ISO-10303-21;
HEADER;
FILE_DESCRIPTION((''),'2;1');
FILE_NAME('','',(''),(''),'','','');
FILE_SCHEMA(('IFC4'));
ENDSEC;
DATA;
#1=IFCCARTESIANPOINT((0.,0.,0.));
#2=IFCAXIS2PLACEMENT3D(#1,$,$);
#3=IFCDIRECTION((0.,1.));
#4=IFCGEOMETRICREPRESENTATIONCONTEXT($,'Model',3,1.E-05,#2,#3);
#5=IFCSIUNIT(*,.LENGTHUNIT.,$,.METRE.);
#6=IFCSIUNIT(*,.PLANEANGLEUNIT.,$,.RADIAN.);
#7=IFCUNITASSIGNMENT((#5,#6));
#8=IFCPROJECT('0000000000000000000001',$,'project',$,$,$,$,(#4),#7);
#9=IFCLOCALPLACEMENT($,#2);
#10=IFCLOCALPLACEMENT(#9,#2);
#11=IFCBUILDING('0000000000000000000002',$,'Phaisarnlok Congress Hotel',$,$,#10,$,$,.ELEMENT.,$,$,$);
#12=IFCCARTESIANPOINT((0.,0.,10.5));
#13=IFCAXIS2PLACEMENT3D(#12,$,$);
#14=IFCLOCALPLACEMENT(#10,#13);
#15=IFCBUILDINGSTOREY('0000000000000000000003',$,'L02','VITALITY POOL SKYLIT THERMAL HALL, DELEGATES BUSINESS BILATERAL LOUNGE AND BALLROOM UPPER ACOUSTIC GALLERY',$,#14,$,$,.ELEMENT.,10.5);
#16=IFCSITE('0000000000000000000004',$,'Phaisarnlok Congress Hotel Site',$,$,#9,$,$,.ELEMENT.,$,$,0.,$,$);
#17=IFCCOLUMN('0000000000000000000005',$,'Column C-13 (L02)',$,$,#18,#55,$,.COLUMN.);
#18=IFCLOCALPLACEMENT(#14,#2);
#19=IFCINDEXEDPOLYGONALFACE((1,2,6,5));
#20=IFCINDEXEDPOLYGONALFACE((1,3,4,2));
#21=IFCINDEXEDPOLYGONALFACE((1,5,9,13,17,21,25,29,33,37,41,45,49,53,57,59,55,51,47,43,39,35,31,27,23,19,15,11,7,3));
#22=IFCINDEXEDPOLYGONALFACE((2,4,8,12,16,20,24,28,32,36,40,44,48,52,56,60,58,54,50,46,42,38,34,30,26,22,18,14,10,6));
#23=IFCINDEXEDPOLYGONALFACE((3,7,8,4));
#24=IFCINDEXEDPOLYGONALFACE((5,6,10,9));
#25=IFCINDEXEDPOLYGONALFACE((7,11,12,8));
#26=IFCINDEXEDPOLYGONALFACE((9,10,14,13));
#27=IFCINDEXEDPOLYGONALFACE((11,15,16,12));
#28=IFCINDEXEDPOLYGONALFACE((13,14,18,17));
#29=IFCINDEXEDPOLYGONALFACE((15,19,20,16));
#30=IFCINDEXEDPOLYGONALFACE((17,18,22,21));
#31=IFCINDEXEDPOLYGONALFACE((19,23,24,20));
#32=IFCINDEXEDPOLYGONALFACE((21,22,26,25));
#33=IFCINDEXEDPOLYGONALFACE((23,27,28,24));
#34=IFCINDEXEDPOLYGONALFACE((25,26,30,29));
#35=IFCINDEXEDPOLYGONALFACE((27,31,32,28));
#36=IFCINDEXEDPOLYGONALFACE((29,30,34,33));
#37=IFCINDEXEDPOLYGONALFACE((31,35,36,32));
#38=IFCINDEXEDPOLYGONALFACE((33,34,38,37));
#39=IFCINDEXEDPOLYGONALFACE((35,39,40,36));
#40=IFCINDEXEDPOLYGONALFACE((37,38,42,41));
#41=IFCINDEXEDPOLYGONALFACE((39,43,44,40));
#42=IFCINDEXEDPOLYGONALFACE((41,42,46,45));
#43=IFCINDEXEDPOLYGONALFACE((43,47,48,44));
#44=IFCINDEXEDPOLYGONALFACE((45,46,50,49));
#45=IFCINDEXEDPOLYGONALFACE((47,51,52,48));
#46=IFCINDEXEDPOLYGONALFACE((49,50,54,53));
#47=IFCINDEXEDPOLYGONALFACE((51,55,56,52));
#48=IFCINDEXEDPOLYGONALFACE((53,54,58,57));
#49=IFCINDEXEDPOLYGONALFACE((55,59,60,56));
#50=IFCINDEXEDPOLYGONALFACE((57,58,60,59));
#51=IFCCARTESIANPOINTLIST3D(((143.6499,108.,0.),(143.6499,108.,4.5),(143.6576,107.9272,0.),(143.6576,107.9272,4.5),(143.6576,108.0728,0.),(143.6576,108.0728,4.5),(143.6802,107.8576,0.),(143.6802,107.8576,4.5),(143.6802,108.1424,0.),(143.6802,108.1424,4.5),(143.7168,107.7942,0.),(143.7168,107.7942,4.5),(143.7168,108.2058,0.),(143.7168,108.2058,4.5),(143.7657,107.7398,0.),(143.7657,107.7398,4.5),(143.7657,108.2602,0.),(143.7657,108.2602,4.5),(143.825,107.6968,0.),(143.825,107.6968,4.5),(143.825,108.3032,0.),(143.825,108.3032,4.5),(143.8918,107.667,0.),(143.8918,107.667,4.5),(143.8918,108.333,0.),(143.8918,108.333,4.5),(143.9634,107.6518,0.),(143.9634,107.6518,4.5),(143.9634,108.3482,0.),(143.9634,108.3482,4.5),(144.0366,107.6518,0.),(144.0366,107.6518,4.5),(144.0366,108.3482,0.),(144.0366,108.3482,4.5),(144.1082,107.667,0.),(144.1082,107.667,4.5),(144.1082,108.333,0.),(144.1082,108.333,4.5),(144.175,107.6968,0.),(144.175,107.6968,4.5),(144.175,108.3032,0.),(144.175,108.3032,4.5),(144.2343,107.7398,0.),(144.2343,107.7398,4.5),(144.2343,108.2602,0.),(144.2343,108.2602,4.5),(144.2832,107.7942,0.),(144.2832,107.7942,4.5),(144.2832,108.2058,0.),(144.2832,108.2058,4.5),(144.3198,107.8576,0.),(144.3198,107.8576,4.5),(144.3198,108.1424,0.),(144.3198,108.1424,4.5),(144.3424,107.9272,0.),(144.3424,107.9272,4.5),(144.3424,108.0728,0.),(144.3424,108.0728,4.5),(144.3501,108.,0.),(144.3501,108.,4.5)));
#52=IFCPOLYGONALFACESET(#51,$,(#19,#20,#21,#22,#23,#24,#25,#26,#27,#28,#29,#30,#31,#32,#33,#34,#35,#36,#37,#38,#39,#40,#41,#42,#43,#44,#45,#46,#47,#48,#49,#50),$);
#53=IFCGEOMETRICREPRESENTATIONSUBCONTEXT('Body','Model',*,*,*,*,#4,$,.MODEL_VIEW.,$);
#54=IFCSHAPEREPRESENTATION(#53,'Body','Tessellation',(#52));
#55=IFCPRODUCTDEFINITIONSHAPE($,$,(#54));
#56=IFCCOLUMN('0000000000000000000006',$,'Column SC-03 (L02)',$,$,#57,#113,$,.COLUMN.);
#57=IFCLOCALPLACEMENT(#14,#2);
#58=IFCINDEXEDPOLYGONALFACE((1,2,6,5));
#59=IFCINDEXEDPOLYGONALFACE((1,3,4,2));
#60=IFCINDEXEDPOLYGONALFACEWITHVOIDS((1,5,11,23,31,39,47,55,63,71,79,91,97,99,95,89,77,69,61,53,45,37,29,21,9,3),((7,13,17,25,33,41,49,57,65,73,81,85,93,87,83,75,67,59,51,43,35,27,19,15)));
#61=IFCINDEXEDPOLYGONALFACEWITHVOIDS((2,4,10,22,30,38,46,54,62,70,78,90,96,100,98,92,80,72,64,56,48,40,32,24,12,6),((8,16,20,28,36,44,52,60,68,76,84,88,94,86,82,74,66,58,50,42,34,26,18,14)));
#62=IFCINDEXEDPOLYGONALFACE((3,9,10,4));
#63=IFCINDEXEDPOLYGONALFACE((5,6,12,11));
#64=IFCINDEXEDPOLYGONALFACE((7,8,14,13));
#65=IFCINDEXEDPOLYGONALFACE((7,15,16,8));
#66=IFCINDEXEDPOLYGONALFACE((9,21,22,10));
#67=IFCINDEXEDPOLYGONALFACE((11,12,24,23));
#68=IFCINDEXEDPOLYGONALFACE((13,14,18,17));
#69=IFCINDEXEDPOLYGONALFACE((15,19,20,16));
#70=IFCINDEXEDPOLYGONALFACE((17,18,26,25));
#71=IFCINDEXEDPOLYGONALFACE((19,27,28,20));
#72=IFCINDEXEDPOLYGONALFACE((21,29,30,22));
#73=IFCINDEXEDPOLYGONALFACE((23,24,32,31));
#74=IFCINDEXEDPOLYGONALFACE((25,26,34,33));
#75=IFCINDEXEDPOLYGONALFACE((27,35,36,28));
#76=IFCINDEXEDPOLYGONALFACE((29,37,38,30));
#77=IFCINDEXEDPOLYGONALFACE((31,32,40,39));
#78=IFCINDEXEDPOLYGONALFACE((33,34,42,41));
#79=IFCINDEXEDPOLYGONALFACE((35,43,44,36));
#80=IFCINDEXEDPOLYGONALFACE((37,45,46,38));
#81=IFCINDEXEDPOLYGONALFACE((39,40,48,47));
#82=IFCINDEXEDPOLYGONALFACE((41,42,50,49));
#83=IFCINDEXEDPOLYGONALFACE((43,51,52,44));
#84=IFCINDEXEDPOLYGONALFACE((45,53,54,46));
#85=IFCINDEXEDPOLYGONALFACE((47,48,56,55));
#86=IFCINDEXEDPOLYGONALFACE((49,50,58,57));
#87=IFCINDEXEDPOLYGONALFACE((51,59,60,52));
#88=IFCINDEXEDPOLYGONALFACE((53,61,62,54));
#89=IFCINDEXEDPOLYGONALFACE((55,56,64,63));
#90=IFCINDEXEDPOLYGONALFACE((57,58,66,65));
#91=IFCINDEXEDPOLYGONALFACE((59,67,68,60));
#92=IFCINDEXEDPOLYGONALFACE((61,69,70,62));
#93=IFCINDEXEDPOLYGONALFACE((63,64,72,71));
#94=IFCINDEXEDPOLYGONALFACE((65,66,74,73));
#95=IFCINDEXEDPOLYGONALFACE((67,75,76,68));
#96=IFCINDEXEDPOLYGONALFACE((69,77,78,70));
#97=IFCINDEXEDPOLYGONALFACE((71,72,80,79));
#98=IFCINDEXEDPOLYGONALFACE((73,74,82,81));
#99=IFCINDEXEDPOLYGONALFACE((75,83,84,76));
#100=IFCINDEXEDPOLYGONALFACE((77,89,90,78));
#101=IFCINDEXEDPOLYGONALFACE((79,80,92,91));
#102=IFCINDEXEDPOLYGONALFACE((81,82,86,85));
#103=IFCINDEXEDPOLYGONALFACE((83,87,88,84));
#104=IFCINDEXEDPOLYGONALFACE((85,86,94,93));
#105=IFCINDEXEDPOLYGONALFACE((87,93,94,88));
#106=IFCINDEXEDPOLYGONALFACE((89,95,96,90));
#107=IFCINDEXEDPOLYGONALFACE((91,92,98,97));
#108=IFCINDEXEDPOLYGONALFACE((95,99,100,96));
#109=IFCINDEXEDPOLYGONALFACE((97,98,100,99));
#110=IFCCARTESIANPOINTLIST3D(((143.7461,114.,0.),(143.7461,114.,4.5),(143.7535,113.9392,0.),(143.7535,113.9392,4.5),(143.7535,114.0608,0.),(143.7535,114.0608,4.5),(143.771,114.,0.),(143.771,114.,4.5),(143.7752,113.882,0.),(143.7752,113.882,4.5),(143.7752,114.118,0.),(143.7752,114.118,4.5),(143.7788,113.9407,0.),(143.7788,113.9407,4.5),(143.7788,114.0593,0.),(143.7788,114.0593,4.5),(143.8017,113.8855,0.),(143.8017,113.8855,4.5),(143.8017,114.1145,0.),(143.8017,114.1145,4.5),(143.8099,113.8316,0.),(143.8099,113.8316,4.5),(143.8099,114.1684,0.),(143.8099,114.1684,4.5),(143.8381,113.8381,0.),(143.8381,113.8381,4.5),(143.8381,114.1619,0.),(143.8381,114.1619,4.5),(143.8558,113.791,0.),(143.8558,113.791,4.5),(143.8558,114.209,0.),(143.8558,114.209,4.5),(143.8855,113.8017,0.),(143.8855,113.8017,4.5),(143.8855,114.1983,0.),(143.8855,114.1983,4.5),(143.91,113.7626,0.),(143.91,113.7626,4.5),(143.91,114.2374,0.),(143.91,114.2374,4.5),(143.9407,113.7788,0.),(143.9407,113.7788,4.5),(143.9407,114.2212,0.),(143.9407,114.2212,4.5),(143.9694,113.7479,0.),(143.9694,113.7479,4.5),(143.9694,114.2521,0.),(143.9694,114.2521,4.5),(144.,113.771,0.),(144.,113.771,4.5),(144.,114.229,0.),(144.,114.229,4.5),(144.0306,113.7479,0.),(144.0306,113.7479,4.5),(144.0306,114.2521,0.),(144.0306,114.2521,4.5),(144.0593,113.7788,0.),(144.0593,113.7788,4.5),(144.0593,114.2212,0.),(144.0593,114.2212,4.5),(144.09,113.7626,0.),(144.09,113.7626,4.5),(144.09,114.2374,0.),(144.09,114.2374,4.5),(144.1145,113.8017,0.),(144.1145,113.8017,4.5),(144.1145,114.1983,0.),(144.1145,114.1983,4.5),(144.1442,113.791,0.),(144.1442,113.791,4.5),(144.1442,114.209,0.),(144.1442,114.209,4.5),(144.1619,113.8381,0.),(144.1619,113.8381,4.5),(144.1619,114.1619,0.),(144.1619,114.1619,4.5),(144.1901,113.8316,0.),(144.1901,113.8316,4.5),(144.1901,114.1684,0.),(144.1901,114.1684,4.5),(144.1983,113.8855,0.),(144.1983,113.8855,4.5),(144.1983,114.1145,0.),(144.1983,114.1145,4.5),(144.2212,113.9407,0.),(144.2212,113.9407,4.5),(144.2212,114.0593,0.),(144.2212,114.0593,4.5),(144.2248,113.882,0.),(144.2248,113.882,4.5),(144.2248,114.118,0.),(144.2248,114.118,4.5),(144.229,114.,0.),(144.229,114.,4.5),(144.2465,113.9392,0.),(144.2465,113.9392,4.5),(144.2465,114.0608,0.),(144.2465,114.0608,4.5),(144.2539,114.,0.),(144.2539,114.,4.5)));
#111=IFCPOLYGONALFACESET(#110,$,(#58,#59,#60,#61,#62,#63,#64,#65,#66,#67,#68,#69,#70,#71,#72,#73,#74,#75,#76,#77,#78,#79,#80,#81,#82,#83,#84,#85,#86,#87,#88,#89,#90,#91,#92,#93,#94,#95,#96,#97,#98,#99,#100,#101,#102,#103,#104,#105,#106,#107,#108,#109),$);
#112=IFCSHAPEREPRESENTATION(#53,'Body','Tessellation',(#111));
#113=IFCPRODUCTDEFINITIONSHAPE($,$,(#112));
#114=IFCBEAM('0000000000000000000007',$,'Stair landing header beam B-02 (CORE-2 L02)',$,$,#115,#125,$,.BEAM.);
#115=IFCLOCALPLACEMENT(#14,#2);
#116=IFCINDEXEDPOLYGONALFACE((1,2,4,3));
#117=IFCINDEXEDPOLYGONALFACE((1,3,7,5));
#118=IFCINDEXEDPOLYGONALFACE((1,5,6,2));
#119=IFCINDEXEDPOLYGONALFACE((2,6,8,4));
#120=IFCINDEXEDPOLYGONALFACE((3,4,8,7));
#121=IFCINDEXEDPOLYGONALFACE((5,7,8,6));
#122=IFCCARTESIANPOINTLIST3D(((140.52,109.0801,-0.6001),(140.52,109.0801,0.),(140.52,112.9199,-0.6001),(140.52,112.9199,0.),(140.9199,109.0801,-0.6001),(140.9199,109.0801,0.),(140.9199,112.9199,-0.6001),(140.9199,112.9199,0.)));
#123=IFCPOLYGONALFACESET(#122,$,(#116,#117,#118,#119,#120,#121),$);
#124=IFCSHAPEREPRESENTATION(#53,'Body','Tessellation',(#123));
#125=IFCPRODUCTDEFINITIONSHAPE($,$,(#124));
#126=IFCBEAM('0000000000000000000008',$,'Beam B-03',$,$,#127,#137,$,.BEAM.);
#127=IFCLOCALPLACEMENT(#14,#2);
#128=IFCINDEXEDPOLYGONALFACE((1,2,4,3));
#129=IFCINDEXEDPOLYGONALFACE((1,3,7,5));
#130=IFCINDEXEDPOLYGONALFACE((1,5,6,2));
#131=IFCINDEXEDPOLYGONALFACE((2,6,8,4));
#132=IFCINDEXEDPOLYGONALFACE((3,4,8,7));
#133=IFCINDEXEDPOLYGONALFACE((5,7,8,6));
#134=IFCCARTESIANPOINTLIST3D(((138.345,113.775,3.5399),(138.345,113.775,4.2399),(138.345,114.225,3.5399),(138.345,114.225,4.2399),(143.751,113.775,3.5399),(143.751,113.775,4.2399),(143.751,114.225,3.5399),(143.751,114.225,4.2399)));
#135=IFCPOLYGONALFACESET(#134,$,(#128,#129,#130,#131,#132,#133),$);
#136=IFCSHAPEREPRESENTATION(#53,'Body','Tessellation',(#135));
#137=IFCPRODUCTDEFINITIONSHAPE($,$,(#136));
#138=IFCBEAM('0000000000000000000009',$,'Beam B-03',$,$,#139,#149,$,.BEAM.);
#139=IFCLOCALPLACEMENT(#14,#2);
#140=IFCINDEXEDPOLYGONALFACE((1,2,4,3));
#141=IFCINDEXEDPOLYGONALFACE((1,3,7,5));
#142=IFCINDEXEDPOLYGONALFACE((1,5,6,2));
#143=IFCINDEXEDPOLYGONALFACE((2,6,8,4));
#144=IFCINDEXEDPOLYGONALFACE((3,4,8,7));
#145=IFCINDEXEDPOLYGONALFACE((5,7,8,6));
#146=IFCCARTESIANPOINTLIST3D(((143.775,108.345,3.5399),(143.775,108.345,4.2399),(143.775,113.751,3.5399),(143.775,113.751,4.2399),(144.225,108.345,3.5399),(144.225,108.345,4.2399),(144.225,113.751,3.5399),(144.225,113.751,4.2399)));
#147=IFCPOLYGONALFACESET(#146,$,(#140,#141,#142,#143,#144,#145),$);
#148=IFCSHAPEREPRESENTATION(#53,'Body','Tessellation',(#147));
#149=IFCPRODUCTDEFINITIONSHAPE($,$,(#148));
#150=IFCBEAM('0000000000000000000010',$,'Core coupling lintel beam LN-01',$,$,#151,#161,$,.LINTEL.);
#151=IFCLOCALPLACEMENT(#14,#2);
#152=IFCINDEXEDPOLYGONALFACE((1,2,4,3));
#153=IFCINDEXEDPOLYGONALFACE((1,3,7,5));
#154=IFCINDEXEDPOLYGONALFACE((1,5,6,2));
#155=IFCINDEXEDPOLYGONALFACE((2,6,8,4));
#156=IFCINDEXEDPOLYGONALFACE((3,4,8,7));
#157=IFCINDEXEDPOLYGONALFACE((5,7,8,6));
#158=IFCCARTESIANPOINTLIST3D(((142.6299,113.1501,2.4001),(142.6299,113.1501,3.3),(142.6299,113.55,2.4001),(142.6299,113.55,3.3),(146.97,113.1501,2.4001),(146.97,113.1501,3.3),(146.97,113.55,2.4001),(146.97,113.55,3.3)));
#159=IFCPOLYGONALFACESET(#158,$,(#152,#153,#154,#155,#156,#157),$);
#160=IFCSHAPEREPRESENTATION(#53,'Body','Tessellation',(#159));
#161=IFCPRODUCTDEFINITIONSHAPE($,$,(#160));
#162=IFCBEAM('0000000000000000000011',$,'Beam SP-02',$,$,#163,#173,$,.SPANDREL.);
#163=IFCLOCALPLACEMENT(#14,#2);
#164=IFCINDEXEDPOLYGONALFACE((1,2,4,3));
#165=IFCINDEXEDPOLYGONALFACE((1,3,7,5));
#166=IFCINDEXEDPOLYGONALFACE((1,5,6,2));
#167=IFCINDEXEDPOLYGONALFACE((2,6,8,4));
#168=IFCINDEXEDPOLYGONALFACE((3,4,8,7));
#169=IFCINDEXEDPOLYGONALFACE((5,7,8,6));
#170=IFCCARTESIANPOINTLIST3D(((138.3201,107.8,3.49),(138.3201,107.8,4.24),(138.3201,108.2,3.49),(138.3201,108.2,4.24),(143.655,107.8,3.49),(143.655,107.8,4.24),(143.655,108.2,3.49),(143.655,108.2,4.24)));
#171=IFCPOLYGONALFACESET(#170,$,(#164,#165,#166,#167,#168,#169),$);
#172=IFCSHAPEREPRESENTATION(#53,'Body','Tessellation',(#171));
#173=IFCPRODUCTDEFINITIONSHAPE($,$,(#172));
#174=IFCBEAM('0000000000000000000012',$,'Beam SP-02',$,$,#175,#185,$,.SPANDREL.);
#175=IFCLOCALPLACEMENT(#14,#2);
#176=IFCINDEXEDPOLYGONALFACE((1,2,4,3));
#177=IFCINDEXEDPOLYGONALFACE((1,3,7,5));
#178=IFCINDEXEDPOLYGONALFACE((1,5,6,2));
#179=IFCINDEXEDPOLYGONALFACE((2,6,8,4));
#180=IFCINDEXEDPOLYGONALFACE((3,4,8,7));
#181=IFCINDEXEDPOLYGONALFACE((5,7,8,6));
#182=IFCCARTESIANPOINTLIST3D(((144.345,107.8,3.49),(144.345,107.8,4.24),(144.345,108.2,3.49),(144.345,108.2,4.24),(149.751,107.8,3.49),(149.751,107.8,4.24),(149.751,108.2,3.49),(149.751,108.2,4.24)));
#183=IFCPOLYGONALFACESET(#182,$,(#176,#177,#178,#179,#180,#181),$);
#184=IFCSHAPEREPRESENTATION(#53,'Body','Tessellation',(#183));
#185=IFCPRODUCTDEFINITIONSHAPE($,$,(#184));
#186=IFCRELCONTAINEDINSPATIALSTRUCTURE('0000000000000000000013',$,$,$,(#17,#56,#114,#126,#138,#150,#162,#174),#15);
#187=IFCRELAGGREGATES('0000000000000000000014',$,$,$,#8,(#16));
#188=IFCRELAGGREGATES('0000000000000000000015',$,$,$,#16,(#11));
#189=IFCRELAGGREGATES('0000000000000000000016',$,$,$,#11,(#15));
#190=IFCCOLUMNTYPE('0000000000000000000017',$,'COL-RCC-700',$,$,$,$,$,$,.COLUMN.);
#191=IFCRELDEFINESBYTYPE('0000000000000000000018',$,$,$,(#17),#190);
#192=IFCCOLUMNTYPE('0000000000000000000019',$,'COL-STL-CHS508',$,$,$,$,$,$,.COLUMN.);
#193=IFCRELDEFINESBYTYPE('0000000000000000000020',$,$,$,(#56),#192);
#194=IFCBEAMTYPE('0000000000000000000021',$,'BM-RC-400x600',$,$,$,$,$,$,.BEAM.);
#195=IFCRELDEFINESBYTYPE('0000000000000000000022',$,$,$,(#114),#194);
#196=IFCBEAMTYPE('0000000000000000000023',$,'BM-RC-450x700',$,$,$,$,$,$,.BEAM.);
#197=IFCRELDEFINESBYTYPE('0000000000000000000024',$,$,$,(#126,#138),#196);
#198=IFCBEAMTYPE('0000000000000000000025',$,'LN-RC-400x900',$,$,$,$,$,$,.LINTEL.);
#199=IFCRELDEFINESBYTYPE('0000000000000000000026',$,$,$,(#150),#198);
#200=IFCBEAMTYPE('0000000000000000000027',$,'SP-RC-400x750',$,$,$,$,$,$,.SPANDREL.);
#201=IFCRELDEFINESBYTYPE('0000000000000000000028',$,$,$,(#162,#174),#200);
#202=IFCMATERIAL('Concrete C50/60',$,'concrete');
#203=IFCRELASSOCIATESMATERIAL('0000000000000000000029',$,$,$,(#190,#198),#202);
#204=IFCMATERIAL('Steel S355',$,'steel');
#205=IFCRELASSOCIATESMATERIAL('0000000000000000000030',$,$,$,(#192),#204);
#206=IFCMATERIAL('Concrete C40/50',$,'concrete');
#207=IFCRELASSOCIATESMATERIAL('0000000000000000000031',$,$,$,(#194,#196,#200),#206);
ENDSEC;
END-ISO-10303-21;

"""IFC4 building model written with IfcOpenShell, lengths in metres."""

from ifc_helpers import new_model, si_unit, direction, frame, origin, origin_2d, place, context, subcontext, project, spatial, rectangle, circle, hollow_circle, extrude, material, material_profile, profile_set, type_object, element, save


model = new_model("IFC4")

# Units and contexts
model_context = context("Model", 3, precision=1e-05, world=origin(), true_north=direction((0.0, 1.0)))
body_context = subcontext(model_context, "Body", "Model", "MODEL_VIEW")
ifc_project = project(units=[si_unit("LENGTHUNIT", "METRE"), si_unit("PLANEANGLEUNIT", "RADIAN")], contexts=[model_context])

# Site, building, storey
site_placement = place(None, origin())
site = spatial("IfcSite", under=ifc_project, at=site_placement, Name="Phaisarnlok Congress Hotel Site", CompositionType="ELEMENT", RefElevation=0.0)
building_placement = place(site_placement, origin())
building = spatial("IfcBuilding", under=site, at=building_placement, Name="Phaisarnlok Congress Hotel", CompositionType="ELEMENT")
storey_placement = place(building_placement, frame((0.0, 0.0, 10.5)))
storey = spatial("IfcBuildingStorey", under=building, at=storey_placement, Name="L02", Description="VITALITY POOL SKYLIT THERMAL HALL, DELEGATES BUSINESS BILATERAL LOUNGE AND BALLROOM UPPER ACOUSTIC GALLERY", CompositionType="ELEMENT", Elevation=10.5)

# Columns
ifc_material_1 = material(Name="Concrete C50/60", Category="concrete")
ifc_material_profile_1 = material_profile(ifc_material_1, circle(Radius=0.3501, at=origin_2d()), Name="RCC D700")
ifc_profile_set_1 = profile_set([ifc_material_profile_1], Name="Concrete C50/60")
column_type_1 = type_object("IfcColumnType", Name="COL-RCC-700", PredefinedType="COLUMN", material=ifc_profile_set_1)
column_1_placement = place(storey_placement, frame((144.0, 108.0, 0.0), z_axis=(0.0, 0.0, 1.0), x_axis=(1.0, 0.0, 0.0)))
element("IfcColumn", 1, at=column_1_placement, inside=storey, type_object=column_type_1, Name="Column C-13 (L02)", PredefinedType="COLUMN", context=body_context, shape_type="SweptSolid", body=[
    extrude(circle(Radius=0.3501, at=origin_2d()), origin(), (0.0, 0.0, 1.0), 4.5),
])
ifc_material_2 = material(Name="Steel S355", Category="steel")
ifc_material_profile_2 = material_profile(ifc_material_2, hollow_circle(Radius=0.2539, WallThickness=0.0249, at=origin_2d()), Name="CHS 508x25")
ifc_profile_set_2 = profile_set([ifc_material_profile_2], Name="Steel S355")
column_type_2 = type_object("IfcColumnType", Name="COL-STL-CHS508", PredefinedType="COLUMN", material=ifc_profile_set_2)
column_2_placement = place(storey_placement, frame((144.0, 114.0, 0.0), z_axis=(0.0, 0.0, 1.0), x_axis=(1.0, 0.0, 0.0)))
element("IfcColumn", 2, at=column_2_placement, inside=storey, type_object=column_type_2, Name="Column SC-03 (L02)", PredefinedType="COLUMN", context=body_context, shape_type="SweptSolid", body=[
    extrude(hollow_circle(Radius=0.2539, WallThickness=0.0249, at=origin_2d()), origin(), (0.0, 0.0, 1.0), 4.5),
])

# Beams
ifc_material_3 = material(Name="Concrete C40/50", Category="concrete")
ifc_material_profile_3 = material_profile(ifc_material_3, rectangle(XDim=0.3999, YDim=0.6001, at=origin_2d()), Name="RC 400x600")
ifc_profile_set_3 = profile_set([ifc_material_profile_3], Name="Concrete C40/50")
beam_type_1 = type_object("IfcBeamType", Name="BM-RC-400x600", PredefinedType="BEAM", material=ifc_profile_set_3)
beam_1_placement = place(storey_placement, frame((140.72, 109.0801, -0.3), z_axis=(0.0, 1.0, 0.0), x_axis=(-1.0, 0.0, 0.0)))
element("IfcBeam", 3, at=beam_1_placement, inside=storey, type_object=beam_type_1, Name="Stair landing header beam B-02 (CORE-2 L02)", PredefinedType="BEAM", context=body_context, shape_type="SweptSolid", body=[
    extrude(rectangle(XDim=0.3999, YDim=0.6001, at=origin_2d()), origin(), (0.0, 0.0, 1.0), 3.8398),
])
ifc_material_profile_4 = material_profile(ifc_material_3, rectangle(XDim=0.45, YDim=0.7, at=origin_2d()), Name="RC 450x700")
ifc_profile_set_4 = profile_set([ifc_material_profile_4], Name="Concrete C40/50")
beam_type_2 = type_object("IfcBeamType", Name="BM-RC-450x700", PredefinedType="BEAM", material=ifc_profile_set_4)
for number, where, z_axis, x_axis, name in (
    (4, (138.345, 114.0, 3.8899), (1.0, 0.0, 0.0), (0.0, 1.0, 0.0), "Beam B-03"),
    (5, (144.0, 108.345, 3.8899), (0.0, 1.0, 0.0), (-1.0, 0.0, 0.0), "Beam B-03"),
):
    element("IfcBeam", number, at=place(storey_placement, frame(where, z_axis=z_axis, x_axis=x_axis)), inside=storey, type_object=beam_type_2, Name=name, PredefinedType="BEAM", context=body_context, shape_type="SweptSolid", body=[
        extrude(rectangle(XDim=0.45, YDim=0.7, at=origin_2d()), origin(), (0.0, 0.0, 1.0), 5.406),
    ])
ifc_material_profile_5 = material_profile(ifc_material_1, rectangle(XDim=0.3999, YDim=0.8999, at=origin_2d()), Name="RC 400x900")
ifc_profile_set_5 = profile_set([ifc_material_profile_5], Name="Concrete C50/60")
beam_type_3 = type_object("IfcBeamType", Name="LN-RC-400x900", PredefinedType="LINTEL", material=ifc_profile_set_5)
beam_2_placement = place(storey_placement, frame((142.6299, 113.3501, 2.8501), z_axis=(1.0, 0.0, 0.0), x_axis=(0.0, 1.0, 0.0)))
element("IfcBeam", 6, at=beam_2_placement, inside=storey, type_object=beam_type_3, Name="Core coupling lintel beam LN-01", PredefinedType="LINTEL", context=body_context, shape_type="SweptSolid", body=[
    extrude(rectangle(XDim=0.3999, YDim=0.8999, at=origin_2d()), origin(), (0.0, 0.0, 1.0), 4.3401),
])
ifc_material_profile_6 = material_profile(ifc_material_3, rectangle(XDim=0.3999, YDim=0.75, at=origin_2d()), Name="RC 400x750")
ifc_profile_set_6 = profile_set([ifc_material_profile_6], Name="Concrete C40/50")
beam_type_4 = type_object("IfcBeamType", Name="SP-RC-400x750", PredefinedType="SPANDREL", material=ifc_profile_set_6)
beam_3_placement = place(storey_placement, frame((138.3201, 108.0, 3.865), z_axis=(1.0, 0.0, 0.0), x_axis=(0.0, 1.0, 0.0)))
element("IfcBeam", 7, at=beam_3_placement, inside=storey, type_object=beam_type_4, Name="Beam SP-02", PredefinedType="SPANDREL", context=body_context, shape_type="SweptSolid", body=[
    extrude(rectangle(XDim=0.3999, YDim=0.75, at=origin_2d()), origin(), (0.0, 0.0, 1.0), 5.335),
])
beam_4_placement = place(storey_placement, frame((144.345, 108.0, 3.865), z_axis=(1.0, 0.0, 0.0), x_axis=(0.0, 1.0, 0.0)))
element("IfcBeam", 8, at=beam_4_placement, inside=storey, type_object=beam_type_4, Name="Beam SP-02", PredefinedType="SPANDREL", context=body_context, shape_type="SweptSolid", body=[
    extrude(rectangle(XDim=0.3999, YDim=0.75, at=origin_2d()), origin(), (0.0, 0.0, 1.0), 5.406),
])

save(model, "model.ifc")
